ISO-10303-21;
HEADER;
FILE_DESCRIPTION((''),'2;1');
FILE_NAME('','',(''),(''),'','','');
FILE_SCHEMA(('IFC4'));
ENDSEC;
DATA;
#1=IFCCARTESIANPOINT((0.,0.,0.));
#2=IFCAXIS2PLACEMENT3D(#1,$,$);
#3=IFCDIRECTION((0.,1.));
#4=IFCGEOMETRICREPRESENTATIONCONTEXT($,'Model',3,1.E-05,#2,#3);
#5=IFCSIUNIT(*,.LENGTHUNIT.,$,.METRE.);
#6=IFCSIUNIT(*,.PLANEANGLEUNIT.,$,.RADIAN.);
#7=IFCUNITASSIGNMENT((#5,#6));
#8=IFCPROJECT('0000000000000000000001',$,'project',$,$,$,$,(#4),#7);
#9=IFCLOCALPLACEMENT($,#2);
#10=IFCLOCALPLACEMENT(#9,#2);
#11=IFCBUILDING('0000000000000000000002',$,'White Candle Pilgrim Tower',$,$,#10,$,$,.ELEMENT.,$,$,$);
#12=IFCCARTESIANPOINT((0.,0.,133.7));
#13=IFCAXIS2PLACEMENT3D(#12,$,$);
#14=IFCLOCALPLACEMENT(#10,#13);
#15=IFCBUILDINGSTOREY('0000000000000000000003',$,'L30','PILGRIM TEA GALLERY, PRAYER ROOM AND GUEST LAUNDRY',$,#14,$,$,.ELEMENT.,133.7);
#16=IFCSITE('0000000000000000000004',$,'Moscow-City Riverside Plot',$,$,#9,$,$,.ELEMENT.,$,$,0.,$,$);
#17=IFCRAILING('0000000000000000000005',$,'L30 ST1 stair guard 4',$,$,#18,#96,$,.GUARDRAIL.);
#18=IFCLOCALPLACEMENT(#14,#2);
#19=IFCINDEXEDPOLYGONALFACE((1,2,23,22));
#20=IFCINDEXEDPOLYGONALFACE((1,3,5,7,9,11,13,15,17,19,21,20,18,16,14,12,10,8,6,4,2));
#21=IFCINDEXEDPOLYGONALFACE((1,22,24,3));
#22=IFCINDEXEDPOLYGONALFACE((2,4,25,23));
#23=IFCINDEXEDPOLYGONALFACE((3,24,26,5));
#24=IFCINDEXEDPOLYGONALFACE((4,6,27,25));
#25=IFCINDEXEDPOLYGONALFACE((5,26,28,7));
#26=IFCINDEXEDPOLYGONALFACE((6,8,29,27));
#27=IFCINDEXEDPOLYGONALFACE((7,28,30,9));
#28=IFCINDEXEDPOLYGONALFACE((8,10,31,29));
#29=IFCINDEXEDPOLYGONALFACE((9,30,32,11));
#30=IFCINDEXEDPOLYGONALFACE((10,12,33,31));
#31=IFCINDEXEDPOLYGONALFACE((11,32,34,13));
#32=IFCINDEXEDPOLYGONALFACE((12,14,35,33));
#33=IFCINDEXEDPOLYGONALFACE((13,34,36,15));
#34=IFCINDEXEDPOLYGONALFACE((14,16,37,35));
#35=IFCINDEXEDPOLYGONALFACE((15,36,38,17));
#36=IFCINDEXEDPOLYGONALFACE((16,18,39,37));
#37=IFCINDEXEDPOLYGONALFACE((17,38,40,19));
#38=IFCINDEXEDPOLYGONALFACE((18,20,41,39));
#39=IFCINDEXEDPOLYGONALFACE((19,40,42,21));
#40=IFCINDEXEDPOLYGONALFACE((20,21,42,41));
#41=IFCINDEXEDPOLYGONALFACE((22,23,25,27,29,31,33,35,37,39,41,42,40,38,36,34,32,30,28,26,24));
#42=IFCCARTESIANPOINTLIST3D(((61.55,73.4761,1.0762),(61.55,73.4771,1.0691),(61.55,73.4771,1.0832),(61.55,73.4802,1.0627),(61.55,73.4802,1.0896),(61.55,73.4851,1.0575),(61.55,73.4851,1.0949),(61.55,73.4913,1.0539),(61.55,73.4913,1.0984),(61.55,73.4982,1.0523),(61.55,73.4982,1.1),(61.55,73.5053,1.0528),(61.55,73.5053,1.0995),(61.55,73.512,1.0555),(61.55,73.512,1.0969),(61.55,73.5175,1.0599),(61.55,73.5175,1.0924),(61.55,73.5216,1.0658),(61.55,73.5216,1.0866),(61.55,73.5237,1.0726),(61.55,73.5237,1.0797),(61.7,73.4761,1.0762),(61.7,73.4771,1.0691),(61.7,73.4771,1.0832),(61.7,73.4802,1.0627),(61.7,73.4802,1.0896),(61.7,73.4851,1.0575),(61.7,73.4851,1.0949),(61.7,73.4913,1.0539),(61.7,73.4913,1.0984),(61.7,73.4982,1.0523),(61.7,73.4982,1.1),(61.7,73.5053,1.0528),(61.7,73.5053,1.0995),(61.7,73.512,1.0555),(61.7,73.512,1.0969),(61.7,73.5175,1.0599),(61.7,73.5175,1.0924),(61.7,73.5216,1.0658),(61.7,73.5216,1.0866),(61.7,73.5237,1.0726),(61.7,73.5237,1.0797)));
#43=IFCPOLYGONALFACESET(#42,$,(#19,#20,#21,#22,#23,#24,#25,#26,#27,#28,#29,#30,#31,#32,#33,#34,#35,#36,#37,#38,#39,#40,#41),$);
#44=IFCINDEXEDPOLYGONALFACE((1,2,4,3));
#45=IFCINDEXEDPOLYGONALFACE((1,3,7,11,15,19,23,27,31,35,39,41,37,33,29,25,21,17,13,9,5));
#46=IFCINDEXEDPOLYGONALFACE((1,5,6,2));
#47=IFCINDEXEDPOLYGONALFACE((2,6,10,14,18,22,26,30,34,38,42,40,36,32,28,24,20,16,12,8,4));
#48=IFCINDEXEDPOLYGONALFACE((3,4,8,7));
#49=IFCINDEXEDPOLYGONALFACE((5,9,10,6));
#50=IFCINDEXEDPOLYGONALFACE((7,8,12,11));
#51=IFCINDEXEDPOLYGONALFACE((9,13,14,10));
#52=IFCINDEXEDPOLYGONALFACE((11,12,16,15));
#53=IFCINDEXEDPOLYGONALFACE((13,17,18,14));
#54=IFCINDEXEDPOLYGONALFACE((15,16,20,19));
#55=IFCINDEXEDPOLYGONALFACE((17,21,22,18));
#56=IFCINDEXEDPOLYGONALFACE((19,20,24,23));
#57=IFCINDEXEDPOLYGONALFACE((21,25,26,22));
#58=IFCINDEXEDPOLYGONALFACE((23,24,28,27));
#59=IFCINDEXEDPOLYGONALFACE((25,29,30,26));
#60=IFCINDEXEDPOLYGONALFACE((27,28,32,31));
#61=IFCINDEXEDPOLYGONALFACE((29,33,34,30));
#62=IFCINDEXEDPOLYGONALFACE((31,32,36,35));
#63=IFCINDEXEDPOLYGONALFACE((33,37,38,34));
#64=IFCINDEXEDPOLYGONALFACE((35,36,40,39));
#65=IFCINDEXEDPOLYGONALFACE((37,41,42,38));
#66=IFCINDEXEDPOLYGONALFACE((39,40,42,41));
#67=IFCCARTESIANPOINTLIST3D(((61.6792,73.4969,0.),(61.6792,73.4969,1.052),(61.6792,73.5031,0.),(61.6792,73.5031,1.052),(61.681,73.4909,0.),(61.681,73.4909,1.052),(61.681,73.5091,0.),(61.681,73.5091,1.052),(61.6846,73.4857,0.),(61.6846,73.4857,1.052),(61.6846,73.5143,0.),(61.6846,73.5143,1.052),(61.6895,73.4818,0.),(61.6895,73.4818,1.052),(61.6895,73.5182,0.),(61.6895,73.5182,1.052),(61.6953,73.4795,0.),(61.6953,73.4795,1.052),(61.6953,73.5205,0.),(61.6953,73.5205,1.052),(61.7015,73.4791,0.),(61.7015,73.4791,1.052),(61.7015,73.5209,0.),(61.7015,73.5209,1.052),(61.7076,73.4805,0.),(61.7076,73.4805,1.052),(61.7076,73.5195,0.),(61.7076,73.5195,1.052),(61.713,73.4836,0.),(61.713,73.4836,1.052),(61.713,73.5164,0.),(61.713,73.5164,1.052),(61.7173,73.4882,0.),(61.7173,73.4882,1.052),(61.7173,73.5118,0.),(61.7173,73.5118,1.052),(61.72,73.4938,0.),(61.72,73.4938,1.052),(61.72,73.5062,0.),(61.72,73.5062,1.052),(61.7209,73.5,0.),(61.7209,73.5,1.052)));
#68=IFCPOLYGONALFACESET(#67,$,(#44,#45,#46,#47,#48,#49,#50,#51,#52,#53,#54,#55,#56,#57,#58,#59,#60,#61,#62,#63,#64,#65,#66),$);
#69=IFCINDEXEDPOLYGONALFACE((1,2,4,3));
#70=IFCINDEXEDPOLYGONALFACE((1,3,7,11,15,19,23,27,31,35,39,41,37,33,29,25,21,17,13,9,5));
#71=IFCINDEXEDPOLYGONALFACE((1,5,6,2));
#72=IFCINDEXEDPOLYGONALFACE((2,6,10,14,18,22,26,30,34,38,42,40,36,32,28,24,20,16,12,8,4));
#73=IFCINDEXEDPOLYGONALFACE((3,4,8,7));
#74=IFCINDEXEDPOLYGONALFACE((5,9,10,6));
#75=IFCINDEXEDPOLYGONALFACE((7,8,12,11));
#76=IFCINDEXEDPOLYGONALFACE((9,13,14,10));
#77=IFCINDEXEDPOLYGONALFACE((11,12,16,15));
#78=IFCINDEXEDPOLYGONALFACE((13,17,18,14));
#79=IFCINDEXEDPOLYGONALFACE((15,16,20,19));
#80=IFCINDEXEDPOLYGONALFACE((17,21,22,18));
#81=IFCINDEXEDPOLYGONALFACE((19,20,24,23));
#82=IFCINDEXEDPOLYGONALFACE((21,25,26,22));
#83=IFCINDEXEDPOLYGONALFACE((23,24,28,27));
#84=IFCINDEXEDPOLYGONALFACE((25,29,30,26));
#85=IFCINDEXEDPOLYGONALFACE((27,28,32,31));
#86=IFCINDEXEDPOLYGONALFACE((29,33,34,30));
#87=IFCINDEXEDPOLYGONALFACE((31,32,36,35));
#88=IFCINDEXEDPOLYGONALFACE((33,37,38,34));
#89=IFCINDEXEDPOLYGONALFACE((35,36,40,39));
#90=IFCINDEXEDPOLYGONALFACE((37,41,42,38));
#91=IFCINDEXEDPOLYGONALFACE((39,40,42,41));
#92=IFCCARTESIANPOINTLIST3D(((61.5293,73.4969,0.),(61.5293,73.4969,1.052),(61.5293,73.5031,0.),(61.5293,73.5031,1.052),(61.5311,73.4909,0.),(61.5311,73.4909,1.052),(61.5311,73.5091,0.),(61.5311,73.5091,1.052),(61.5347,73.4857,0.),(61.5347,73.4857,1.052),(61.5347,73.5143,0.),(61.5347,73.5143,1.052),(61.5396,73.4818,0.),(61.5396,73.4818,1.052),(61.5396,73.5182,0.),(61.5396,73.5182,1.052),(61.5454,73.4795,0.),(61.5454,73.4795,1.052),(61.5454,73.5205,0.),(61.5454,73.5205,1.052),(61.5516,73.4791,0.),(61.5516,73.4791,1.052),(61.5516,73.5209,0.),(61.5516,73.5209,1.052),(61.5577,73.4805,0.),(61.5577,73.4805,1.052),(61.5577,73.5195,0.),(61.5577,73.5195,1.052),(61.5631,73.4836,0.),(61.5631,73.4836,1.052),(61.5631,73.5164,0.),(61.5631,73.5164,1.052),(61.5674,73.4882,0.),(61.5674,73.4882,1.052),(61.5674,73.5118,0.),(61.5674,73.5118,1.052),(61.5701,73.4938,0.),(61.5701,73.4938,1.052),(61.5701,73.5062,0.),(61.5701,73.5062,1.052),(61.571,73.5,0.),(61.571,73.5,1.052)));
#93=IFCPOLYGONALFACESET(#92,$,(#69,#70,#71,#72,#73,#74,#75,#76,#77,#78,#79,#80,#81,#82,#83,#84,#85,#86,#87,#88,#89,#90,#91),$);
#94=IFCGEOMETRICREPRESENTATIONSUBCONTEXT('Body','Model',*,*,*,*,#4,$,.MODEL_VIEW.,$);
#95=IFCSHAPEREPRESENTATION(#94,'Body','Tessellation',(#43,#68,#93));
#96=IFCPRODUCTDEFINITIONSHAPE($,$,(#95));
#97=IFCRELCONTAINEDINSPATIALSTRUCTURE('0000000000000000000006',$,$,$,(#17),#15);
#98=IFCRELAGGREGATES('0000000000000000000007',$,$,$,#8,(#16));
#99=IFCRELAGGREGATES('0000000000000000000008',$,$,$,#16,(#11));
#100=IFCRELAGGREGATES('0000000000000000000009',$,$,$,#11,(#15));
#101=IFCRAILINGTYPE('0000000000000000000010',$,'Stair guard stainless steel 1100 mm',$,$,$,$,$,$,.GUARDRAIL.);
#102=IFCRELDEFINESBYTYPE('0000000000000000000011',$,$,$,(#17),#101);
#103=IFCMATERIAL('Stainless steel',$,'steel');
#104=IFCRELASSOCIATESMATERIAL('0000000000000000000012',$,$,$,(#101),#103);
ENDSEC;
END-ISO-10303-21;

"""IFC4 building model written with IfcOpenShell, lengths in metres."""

from ifc_helpers import new_model, si_unit, direction, frame, origin, origin_2d, place, context, subcontext, project, spatial, circle, extrude, material, type_object, element, save


model = new_model("IFC4")

# Units and contexts
model_context = context("Model", 3, precision=1e-05, world=origin(), true_north=direction((0.0, 1.0)))
body_context = subcontext(model_context, "Body", "Model", "MODEL_VIEW")
ifc_project = project(units=[si_unit("LENGTHUNIT", "METRE"), si_unit("PLANEANGLEUNIT", "RADIAN")], contexts=[model_context])

# Site, building, storey
site_placement = place(None, origin())
site = spatial("IfcSite", under=ifc_project, at=site_placement, Name="Moscow-City Riverside Plot", CompositionType="ELEMENT", RefElevation=0.0)
building_placement = place(site_placement, origin())
building = spatial("IfcBuilding", under=site, at=building_placement, Name="White Candle Pilgrim Tower", CompositionType="ELEMENT")
storey_placement = place(building_placement, frame((0.0, 0.0, 133.7)))
storey = spatial("IfcBuildingStorey", under=building, at=storey_placement, Name="L30", Description="PILGRIM TEA GALLERY, PRAYER ROOM AND GUEST LAUNDRY", CompositionType="ELEMENT", Elevation=133.7)

# Shared definitions
ifc_material_1 = material(Name="Stainless steel", Category="steel")

# Railing
railing_type_1 = type_object("IfcRailingType", Name="Stair guard stainless steel 1100 mm", PredefinedType="GUARDRAIL", material=ifc_material_1)
railing_1_placement = place(storey_placement, frame((61.7, 73.5, 0.0)))
element("IfcRailing", 1, at=railing_1_placement, inside=storey, type_object=railing_type_1, Name="L30 ST1 stair guard 4", PredefinedType="GUARDRAIL", context=body_context, shape_type="SweptSolid", body=[
    extrude(circle(Radius=0.0239, at=origin_2d()), frame((0.0, 0.0, 1.0762), z_axis=(-1.0, 0.0, 0.0), x_axis=(0.0, -1.0, 0.0)), (0.0, 0.0, 1.0), 0.1499),
    extrude(circle(Radius=0.021, at=origin_2d()), origin(), (0.0, 0.0, 1.0), 1.052),
    extrude(circle(Radius=0.021, at=origin_2d()), frame((-0.1499, 0.0, 0.0)), (0.0, 0.0, 1.0), 1.052),
])

save(model, "model.ifc")
